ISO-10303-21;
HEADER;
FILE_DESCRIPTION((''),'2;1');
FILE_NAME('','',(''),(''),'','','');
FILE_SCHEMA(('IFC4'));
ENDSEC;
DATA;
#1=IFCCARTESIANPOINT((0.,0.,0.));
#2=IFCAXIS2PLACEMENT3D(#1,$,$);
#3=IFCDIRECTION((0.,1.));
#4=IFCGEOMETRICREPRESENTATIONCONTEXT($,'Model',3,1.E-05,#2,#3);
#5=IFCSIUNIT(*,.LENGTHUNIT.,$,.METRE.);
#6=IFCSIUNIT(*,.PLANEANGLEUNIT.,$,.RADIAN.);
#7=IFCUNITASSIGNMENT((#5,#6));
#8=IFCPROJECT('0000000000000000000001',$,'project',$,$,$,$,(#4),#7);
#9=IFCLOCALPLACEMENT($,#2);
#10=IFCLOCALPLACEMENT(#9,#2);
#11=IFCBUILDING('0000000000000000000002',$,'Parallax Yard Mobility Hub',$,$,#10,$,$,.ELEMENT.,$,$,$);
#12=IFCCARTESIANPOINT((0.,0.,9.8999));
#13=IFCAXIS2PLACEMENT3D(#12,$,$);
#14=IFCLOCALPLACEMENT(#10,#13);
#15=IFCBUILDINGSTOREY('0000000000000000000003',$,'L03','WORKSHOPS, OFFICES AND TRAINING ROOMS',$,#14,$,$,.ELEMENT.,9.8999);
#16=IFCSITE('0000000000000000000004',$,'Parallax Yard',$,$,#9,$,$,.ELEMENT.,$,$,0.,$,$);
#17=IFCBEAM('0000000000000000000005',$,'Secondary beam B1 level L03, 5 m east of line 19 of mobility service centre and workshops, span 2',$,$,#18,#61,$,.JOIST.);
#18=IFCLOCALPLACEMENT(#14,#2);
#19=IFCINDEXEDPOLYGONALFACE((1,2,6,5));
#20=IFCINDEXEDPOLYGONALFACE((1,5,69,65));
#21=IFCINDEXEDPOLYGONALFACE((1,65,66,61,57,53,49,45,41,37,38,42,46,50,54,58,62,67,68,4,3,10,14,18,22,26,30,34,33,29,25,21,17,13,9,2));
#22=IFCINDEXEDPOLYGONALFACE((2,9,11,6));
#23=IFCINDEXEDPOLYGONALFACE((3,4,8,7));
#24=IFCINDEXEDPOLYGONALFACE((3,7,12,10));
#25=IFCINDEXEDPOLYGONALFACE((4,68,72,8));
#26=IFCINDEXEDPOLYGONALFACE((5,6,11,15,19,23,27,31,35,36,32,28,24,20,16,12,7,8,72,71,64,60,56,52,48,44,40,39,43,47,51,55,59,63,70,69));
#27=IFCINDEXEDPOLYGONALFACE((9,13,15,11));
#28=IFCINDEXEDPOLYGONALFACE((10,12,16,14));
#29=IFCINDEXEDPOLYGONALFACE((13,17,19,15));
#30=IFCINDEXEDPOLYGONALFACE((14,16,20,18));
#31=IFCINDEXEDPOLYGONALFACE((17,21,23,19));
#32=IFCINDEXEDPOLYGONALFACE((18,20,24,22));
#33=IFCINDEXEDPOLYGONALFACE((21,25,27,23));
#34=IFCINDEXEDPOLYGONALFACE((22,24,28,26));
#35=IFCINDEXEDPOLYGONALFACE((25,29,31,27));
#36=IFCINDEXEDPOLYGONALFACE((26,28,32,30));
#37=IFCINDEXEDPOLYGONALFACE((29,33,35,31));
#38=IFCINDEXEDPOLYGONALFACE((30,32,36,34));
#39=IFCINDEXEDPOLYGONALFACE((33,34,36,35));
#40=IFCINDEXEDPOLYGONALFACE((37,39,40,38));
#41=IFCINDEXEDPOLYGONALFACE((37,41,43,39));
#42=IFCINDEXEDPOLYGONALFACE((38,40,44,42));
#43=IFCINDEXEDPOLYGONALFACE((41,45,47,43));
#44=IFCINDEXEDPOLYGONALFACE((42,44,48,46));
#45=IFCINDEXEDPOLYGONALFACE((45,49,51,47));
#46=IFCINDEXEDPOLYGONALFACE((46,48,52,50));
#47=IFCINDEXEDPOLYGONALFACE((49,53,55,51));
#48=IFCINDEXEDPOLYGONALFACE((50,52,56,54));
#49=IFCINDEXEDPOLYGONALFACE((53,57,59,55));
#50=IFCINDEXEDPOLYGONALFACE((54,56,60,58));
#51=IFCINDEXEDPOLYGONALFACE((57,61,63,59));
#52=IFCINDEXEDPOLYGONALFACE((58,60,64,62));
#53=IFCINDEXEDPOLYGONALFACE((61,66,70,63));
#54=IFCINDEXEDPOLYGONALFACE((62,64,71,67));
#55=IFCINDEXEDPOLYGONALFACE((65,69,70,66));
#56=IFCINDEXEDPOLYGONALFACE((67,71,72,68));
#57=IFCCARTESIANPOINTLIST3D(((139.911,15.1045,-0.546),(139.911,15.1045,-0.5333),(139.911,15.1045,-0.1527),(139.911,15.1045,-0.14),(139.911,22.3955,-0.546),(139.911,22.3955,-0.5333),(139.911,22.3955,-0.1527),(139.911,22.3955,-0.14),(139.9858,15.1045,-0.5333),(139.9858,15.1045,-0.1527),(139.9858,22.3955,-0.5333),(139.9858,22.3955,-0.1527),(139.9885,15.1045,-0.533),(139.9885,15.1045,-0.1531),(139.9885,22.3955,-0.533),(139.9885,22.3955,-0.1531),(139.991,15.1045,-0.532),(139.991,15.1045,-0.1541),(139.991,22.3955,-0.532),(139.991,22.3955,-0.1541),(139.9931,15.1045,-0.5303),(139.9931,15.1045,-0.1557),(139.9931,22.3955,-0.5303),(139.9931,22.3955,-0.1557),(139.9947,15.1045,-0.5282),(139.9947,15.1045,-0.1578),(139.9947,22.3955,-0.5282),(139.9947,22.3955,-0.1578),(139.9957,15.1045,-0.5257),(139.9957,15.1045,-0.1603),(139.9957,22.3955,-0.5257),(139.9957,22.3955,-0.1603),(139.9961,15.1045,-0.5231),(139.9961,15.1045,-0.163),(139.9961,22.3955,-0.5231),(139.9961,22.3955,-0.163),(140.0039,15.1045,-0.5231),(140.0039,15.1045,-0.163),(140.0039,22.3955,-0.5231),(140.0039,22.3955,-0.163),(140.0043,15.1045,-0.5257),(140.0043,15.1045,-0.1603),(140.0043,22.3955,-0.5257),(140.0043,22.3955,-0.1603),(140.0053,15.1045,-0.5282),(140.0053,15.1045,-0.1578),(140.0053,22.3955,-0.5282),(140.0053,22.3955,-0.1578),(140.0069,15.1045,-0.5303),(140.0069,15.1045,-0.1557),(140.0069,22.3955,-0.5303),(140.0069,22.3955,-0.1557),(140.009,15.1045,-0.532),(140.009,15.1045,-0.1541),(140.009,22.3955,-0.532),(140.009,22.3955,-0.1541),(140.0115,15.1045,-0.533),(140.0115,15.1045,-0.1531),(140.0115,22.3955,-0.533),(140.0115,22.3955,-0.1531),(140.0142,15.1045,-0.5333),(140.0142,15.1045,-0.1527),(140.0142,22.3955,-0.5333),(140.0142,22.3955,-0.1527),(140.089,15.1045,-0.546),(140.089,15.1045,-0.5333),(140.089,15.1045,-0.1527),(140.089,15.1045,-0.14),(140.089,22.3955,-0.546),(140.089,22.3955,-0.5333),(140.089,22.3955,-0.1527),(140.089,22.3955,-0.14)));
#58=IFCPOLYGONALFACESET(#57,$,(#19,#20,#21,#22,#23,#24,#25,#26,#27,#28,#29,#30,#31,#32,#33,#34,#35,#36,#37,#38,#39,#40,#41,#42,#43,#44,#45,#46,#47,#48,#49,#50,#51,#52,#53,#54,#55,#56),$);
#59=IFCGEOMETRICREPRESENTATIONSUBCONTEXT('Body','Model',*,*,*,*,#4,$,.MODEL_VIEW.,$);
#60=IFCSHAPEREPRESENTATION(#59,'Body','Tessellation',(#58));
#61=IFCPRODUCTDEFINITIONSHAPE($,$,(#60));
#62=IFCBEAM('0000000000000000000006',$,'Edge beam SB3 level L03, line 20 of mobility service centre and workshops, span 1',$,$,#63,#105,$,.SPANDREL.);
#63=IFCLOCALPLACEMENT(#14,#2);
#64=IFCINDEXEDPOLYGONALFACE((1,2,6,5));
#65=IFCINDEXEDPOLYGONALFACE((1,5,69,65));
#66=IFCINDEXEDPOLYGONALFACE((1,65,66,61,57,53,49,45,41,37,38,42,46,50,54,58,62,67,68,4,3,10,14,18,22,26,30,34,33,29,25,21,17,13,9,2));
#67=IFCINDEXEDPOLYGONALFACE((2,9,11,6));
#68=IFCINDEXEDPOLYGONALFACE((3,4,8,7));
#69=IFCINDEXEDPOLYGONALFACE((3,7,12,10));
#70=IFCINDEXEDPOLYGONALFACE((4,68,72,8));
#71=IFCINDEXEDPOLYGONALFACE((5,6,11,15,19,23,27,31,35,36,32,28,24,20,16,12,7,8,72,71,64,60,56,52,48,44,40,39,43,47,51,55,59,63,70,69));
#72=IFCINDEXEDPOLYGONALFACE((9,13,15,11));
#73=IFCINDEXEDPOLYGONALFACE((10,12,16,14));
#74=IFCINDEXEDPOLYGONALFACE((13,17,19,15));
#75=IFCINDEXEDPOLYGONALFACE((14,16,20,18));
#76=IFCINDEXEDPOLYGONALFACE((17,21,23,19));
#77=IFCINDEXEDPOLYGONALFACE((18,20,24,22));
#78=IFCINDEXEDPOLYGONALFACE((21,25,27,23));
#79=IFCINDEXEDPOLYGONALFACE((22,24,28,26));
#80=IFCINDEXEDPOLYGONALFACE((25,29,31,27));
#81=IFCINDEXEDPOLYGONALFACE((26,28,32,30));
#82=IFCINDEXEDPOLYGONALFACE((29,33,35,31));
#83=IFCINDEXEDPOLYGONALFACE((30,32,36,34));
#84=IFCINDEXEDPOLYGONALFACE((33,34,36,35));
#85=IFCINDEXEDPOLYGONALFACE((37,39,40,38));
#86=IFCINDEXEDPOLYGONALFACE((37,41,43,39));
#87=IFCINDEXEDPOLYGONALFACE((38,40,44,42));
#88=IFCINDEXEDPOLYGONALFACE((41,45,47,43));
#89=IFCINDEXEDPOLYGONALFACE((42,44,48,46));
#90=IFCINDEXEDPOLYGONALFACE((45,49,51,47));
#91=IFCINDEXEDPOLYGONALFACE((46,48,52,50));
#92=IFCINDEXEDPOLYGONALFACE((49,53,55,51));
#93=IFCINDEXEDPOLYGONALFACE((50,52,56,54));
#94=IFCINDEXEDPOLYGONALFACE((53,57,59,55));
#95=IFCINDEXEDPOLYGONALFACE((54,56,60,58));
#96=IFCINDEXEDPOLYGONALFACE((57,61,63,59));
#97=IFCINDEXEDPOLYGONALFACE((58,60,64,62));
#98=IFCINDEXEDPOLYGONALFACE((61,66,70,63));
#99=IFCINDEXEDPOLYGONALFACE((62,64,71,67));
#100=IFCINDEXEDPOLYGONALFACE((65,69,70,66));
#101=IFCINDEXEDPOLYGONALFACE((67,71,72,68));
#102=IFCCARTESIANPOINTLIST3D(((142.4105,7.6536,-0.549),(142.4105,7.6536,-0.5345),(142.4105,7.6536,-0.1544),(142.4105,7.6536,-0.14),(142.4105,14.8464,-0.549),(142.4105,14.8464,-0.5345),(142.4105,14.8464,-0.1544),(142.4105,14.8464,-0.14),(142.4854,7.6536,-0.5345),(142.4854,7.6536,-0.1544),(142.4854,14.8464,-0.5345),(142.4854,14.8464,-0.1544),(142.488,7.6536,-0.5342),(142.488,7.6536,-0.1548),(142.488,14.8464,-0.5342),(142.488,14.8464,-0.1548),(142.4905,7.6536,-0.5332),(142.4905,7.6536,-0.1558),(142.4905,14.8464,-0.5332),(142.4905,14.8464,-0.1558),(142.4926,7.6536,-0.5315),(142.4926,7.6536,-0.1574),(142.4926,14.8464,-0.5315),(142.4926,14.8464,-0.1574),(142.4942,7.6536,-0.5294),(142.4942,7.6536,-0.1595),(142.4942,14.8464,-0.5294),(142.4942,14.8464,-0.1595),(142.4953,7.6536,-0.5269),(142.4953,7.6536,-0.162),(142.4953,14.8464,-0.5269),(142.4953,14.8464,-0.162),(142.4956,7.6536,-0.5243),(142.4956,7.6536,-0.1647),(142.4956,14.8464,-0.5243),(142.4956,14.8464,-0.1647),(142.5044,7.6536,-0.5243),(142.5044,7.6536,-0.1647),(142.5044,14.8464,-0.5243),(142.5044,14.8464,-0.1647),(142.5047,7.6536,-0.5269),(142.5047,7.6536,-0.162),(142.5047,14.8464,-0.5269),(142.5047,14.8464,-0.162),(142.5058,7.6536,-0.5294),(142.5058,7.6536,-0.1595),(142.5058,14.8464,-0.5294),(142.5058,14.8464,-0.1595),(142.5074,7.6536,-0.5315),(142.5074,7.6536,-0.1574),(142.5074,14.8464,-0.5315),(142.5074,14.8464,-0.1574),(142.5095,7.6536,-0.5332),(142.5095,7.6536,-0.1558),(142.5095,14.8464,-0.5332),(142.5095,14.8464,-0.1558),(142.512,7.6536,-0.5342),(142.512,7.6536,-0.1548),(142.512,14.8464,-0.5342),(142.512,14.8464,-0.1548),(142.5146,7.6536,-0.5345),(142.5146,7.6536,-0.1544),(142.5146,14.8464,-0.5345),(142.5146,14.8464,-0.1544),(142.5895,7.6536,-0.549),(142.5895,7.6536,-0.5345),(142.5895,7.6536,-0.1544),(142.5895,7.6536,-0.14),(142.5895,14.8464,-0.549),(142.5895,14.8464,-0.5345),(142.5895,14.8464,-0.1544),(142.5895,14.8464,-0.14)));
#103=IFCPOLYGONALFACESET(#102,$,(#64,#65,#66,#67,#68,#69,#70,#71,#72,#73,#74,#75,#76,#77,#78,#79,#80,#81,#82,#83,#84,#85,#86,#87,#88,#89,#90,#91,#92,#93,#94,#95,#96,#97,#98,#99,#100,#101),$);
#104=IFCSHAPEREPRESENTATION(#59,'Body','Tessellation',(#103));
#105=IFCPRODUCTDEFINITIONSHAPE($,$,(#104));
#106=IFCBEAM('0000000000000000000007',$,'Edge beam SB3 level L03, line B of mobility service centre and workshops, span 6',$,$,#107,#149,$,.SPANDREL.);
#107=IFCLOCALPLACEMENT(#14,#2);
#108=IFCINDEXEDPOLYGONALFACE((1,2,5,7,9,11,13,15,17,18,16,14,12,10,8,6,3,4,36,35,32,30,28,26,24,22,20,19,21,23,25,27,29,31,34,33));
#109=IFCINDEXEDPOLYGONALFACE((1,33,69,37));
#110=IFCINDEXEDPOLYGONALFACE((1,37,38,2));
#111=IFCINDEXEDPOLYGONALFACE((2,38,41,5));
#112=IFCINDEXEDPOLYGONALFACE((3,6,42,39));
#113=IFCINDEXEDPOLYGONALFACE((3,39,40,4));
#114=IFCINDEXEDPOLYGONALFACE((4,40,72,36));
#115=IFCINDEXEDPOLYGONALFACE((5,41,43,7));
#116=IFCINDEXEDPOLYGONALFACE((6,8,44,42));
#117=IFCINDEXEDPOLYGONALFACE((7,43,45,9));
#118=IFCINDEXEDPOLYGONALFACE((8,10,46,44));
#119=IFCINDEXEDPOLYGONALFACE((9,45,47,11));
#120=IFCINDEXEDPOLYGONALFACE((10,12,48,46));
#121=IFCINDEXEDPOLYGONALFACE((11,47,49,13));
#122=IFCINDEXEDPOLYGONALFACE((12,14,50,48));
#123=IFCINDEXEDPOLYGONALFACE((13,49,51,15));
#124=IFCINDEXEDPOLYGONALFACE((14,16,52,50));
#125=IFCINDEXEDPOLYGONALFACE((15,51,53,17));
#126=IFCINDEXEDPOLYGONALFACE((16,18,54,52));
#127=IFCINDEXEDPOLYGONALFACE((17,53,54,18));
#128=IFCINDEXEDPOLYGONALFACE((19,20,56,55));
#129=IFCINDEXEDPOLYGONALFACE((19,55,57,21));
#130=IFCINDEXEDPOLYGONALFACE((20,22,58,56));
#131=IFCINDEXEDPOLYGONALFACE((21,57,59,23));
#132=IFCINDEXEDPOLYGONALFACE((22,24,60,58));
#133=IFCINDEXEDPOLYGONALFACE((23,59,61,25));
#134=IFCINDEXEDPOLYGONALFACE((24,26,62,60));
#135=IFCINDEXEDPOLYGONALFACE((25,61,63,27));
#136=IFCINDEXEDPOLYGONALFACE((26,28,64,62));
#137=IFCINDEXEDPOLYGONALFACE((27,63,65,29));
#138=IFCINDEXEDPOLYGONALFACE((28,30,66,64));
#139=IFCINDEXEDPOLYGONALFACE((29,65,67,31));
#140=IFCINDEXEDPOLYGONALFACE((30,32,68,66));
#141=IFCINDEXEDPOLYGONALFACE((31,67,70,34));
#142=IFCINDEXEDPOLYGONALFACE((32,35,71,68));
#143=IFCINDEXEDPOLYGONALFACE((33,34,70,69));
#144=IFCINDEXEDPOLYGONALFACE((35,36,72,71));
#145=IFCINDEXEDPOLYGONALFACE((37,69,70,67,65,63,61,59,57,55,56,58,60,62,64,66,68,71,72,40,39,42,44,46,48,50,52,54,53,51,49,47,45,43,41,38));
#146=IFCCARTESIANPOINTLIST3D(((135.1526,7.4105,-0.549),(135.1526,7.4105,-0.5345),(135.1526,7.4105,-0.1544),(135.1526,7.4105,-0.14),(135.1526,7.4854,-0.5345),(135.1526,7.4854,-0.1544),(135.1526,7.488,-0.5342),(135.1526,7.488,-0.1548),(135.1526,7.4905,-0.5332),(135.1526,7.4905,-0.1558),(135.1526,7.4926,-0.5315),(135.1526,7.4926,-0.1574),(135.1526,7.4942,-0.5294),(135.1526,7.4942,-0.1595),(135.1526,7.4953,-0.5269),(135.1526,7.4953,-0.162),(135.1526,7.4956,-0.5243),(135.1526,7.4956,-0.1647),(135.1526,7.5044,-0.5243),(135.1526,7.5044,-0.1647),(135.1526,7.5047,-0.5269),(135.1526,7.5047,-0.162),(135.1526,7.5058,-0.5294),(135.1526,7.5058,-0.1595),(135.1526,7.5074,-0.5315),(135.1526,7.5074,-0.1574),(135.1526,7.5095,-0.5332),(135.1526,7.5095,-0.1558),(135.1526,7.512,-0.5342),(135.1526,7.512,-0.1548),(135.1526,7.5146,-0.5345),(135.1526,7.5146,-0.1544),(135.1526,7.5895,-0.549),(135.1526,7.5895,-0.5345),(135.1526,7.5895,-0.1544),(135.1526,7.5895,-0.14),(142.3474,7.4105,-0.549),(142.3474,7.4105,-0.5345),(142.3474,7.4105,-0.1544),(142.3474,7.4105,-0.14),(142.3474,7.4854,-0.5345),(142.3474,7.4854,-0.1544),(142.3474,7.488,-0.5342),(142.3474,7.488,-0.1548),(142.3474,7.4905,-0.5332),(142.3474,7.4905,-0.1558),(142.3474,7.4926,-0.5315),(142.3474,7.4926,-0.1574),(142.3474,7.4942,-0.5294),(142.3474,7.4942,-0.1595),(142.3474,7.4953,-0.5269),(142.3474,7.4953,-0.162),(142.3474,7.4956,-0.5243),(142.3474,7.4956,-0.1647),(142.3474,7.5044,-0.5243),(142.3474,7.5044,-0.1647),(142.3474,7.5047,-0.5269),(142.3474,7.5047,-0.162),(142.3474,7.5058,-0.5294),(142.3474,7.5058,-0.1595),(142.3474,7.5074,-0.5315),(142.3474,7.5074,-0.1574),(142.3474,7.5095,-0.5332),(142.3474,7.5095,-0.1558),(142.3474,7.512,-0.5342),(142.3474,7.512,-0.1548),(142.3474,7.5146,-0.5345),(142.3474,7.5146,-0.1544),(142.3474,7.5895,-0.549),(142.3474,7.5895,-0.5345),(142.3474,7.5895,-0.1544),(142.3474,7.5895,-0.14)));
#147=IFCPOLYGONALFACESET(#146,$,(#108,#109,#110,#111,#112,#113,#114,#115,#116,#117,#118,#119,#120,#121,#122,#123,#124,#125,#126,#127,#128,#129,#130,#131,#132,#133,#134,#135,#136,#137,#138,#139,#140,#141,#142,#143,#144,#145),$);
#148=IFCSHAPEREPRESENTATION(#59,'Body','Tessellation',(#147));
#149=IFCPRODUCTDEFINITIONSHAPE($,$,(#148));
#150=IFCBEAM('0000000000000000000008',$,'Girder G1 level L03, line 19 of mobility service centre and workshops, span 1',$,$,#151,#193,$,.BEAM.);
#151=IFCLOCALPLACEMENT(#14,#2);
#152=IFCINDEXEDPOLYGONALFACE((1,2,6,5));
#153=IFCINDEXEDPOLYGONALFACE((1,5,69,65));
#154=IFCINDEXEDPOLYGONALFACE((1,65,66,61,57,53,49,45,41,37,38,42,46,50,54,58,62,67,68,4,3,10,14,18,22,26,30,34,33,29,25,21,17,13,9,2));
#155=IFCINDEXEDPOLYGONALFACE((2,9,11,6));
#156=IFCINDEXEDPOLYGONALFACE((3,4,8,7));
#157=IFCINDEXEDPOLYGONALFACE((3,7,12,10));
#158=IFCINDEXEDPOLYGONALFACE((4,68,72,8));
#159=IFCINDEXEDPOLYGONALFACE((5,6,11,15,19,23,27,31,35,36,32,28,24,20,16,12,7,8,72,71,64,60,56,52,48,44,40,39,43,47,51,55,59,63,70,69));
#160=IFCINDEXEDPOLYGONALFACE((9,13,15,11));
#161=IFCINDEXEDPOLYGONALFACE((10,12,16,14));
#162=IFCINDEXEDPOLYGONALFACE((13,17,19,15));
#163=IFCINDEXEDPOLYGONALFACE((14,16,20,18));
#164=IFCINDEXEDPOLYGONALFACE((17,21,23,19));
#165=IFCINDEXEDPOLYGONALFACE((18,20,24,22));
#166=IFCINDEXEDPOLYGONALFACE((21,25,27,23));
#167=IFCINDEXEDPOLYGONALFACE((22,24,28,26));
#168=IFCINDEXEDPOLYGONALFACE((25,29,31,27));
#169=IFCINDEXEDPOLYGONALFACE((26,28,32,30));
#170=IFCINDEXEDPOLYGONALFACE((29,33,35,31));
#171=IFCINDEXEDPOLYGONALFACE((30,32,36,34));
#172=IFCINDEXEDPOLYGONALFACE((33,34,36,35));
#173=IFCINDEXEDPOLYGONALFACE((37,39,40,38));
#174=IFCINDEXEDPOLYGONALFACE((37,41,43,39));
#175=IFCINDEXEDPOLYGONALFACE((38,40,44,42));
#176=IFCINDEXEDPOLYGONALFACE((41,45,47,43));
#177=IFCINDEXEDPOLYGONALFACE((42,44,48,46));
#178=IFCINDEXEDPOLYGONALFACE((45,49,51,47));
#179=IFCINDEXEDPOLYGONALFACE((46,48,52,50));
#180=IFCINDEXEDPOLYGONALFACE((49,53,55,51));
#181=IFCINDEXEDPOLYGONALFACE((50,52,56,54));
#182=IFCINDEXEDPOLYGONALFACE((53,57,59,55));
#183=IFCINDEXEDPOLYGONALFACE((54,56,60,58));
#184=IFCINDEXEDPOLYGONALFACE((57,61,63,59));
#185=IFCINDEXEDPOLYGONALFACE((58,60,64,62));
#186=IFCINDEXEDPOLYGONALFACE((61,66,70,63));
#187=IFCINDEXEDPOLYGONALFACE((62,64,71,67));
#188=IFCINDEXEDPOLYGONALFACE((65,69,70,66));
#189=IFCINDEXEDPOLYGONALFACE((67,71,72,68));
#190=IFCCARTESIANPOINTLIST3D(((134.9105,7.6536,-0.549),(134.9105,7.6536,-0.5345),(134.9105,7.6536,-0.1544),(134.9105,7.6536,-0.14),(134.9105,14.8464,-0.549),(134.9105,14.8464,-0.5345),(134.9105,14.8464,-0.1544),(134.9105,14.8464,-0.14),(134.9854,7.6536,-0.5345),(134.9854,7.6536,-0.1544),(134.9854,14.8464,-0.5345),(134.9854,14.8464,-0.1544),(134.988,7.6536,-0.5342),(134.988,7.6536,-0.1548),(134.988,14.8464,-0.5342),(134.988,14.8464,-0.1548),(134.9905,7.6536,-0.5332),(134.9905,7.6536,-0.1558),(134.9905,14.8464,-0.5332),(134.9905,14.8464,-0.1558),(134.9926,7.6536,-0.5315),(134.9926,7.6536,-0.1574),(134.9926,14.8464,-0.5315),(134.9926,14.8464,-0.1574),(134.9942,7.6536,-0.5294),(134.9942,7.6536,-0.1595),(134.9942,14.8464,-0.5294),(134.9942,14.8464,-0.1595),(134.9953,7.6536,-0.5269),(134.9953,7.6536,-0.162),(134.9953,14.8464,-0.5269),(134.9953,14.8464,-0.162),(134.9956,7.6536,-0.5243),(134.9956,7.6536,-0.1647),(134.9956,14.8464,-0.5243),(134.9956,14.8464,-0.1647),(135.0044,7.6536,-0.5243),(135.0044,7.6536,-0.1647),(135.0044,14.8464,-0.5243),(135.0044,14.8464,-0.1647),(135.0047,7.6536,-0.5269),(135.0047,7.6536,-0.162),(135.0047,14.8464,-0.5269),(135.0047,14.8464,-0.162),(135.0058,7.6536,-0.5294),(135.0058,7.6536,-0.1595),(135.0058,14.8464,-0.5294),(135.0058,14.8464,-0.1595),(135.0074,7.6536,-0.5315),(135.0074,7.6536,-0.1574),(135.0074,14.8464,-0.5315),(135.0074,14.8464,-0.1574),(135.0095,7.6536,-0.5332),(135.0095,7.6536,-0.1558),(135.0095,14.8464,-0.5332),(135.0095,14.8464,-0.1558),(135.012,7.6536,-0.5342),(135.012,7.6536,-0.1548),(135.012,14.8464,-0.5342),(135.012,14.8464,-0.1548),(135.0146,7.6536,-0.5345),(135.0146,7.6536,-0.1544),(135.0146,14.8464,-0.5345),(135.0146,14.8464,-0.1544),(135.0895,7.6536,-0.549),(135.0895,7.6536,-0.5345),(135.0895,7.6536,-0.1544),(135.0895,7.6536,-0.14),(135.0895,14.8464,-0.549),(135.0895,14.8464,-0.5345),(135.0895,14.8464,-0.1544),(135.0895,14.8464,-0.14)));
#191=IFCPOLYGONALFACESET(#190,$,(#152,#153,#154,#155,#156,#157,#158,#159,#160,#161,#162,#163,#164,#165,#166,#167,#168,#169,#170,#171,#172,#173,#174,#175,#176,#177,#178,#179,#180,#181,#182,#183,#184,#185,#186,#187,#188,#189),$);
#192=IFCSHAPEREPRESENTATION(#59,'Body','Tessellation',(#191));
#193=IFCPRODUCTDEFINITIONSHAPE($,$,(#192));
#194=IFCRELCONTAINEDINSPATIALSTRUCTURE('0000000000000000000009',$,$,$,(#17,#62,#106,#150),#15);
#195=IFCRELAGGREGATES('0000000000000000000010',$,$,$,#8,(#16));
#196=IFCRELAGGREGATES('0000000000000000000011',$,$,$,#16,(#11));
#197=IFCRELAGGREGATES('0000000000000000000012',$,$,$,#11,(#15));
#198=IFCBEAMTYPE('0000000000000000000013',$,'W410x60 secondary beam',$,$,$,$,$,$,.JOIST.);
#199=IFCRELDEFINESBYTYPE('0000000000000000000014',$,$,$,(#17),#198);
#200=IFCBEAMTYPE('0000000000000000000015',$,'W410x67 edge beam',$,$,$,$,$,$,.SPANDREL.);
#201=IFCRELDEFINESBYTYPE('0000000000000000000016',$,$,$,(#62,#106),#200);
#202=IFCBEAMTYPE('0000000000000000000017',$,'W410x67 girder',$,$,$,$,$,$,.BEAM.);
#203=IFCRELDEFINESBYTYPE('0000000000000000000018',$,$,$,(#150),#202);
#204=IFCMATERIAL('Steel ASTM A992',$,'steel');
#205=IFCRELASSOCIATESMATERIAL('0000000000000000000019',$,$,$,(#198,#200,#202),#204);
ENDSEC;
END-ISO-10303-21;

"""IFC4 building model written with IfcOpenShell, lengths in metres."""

from ifc_helpers import new_model, si_unit, direction, frame, origin, origin_2d, place, context, subcontext, project, spatial, i_section, extrude, material, material_profile, profile_set, type_object, element, save


model = new_model("IFC4")

# Units and contexts
model_context = context("Model", 3, precision=1e-05, world=origin(), true_north=direction((0.0, 1.0)))
body_context = subcontext(model_context, "Body", "Model", "MODEL_VIEW")
ifc_project = project(units=[si_unit("LENGTHUNIT", "METRE"), si_unit("PLANEANGLEUNIT", "RADIAN")], contexts=[model_context])

# Site, building, storey
site_placement = place(None, origin())
site = spatial("IfcSite", under=ifc_project, at=site_placement, Name="Parallax Yard", CompositionType="ELEMENT", RefElevation=0.0)
building_placement = place(site_placement, origin())
building = spatial("IfcBuilding", under=site, at=building_placement, Name="Parallax Yard Mobility Hub", CompositionType="ELEMENT")
storey_placement = place(building_placement, frame((0.0, 0.0, 9.8999)))
storey = spatial("IfcBuildingStorey", under=building, at=storey_placement, Name="L03", Description="WORKSHOPS, OFFICES AND TRAINING ROOMS", CompositionType="ELEMENT", Elevation=9.8999)

# Shared definitions
ifc_material_1 = material(Name="Steel ASTM A992", Category="steel")

# Beams
ifc_material_profile_1 = material_profile(ifc_material_1, i_section(OverallWidth=0.178, OverallDepth=0.406, WebThickness=0.0078, FlangeThickness=0.0127, FilletRadius=0.0103, at=origin_2d()), Name="W410x60")
ifc_profile_set_1 = profile_set([ifc_material_profile_1], Name="Steel ASTM A992")
beam_type_1 = type_object("IfcBeamType", Name="W410x60 secondary beam", PredefinedType="JOIST", material=ifc_profile_set_1)
beam_1_placement = place(storey_placement, frame((140.0, 15.1045, -0.343), z_axis=(0.0, 1.0, 0.0), x_axis=(-1.0, 0.0, 0.0)))
element("IfcBeam", 1, at=beam_1_placement, inside=storey, type_object=beam_type_1, Name="Secondary beam B1 level L03, 5 m east of line 19 of mobility service centre and workshops, span 2", PredefinedType="JOIST", context=body_context, shape_type="SweptSolid", body=[
    extrude(i_section(OverallWidth=0.178, OverallDepth=0.406, WebThickness=0.0078, FlangeThickness=0.0127, FilletRadius=0.0103, at=origin_2d()), origin(), (0.0, 0.0, 1.0), 7.291),
])
ifc_material_profile_2 = material_profile(ifc_material_1, i_section(OverallWidth=0.179, OverallDepth=0.4089, WebThickness=0.0088, FlangeThickness=0.0144, FilletRadius=0.0103, at=origin_2d()), Name="W410x67")
ifc_profile_set_2 = profile_set([ifc_material_profile_2], Name="Steel ASTM A992")
beam_type_2 = type_object("IfcBeamType", Name="W410x67 edge beam", PredefinedType="SPANDREL", material=ifc_profile_set_2)
beam_2_placement = place(storey_placement, frame((142.5, 7.6536, -0.3445), z_axis=(0.0, 1.0, 0.0), x_axis=(-1.0, 0.0, 0.0)))
element("IfcBeam", 2, at=beam_2_placement, inside=storey, type_object=beam_type_2, Name="Edge beam SB3 level L03, line 20 of mobility service centre and workshops, span 1", PredefinedType="SPANDREL", context=body_context, shape_type="SweptSolid", body=[
    extrude(i_section(OverallWidth=0.179, OverallDepth=0.4089, WebThickness=0.0088, FlangeThickness=0.0144, FilletRadius=0.0103, at=origin_2d()), origin(), (0.0, 0.0, 1.0), 7.1929),
])
beam_3_placement = place(storey_placement, frame((135.1526, 7.5, -0.3445), z_axis=(1.0, 0.0, 0.0), x_axis=(0.0, 1.0, 0.0)))
element("IfcBeam", 3, at=beam_3_placement, inside=storey, type_object=beam_type_2, Name="Edge beam SB3 level L03, line B of mobility service centre and workshops, span 6", PredefinedType="SPANDREL", context=body_context, shape_type="SweptSolid", body=[
    extrude(i_section(OverallWidth=0.179, OverallDepth=0.4089, WebThickness=0.0088, FlangeThickness=0.0144, FilletRadius=0.0103, at=origin_2d()), origin(), (0.0, 0.0, 1.0), 7.1948),
])
ifc_material_profile_3 = material_profile(ifc_material_1, i_section(OverallWidth=0.179, OverallDepth=0.4089, WebThickness=0.0088, FlangeThickness=0.0144, FilletRadius=0.0103, at=origin_2d()), Name="W410x67")
ifc_profile_set_3 = profile_set([ifc_material_profile_3], Name="Steel ASTM A992")
beam_type_3 = type_object("IfcBeamType", Name="W410x67 girder", PredefinedType="BEAM", material=ifc_profile_set_3)
for number, where, z_axis, x_axis, name in (
    (4, (135.0, 7.6536, -0.3445), (0.0, 1.0, 0.0), (-1.0, 0.0, 0.0), "Girder G1 level L03, line 19 of mobility service centre and workshops, span 1"),
):
    element("IfcBeam", number, at=place(storey_placement, frame(where, z_axis=z_axis, x_axis=x_axis)), inside=storey, type_object=beam_type_3, Name=name, PredefinedType="BEAM", context=body_context, shape_type="SweptSolid", body=[
        extrude(i_section(OverallWidth=0.179, OverallDepth=0.4089, WebThickness=0.0088, FlangeThickness=0.0144, FilletRadius=0.0103, at=origin_2d()), origin(), (0.0, 0.0, 1.0), 7.1929),
    ])

save(model, "model.ifc")
